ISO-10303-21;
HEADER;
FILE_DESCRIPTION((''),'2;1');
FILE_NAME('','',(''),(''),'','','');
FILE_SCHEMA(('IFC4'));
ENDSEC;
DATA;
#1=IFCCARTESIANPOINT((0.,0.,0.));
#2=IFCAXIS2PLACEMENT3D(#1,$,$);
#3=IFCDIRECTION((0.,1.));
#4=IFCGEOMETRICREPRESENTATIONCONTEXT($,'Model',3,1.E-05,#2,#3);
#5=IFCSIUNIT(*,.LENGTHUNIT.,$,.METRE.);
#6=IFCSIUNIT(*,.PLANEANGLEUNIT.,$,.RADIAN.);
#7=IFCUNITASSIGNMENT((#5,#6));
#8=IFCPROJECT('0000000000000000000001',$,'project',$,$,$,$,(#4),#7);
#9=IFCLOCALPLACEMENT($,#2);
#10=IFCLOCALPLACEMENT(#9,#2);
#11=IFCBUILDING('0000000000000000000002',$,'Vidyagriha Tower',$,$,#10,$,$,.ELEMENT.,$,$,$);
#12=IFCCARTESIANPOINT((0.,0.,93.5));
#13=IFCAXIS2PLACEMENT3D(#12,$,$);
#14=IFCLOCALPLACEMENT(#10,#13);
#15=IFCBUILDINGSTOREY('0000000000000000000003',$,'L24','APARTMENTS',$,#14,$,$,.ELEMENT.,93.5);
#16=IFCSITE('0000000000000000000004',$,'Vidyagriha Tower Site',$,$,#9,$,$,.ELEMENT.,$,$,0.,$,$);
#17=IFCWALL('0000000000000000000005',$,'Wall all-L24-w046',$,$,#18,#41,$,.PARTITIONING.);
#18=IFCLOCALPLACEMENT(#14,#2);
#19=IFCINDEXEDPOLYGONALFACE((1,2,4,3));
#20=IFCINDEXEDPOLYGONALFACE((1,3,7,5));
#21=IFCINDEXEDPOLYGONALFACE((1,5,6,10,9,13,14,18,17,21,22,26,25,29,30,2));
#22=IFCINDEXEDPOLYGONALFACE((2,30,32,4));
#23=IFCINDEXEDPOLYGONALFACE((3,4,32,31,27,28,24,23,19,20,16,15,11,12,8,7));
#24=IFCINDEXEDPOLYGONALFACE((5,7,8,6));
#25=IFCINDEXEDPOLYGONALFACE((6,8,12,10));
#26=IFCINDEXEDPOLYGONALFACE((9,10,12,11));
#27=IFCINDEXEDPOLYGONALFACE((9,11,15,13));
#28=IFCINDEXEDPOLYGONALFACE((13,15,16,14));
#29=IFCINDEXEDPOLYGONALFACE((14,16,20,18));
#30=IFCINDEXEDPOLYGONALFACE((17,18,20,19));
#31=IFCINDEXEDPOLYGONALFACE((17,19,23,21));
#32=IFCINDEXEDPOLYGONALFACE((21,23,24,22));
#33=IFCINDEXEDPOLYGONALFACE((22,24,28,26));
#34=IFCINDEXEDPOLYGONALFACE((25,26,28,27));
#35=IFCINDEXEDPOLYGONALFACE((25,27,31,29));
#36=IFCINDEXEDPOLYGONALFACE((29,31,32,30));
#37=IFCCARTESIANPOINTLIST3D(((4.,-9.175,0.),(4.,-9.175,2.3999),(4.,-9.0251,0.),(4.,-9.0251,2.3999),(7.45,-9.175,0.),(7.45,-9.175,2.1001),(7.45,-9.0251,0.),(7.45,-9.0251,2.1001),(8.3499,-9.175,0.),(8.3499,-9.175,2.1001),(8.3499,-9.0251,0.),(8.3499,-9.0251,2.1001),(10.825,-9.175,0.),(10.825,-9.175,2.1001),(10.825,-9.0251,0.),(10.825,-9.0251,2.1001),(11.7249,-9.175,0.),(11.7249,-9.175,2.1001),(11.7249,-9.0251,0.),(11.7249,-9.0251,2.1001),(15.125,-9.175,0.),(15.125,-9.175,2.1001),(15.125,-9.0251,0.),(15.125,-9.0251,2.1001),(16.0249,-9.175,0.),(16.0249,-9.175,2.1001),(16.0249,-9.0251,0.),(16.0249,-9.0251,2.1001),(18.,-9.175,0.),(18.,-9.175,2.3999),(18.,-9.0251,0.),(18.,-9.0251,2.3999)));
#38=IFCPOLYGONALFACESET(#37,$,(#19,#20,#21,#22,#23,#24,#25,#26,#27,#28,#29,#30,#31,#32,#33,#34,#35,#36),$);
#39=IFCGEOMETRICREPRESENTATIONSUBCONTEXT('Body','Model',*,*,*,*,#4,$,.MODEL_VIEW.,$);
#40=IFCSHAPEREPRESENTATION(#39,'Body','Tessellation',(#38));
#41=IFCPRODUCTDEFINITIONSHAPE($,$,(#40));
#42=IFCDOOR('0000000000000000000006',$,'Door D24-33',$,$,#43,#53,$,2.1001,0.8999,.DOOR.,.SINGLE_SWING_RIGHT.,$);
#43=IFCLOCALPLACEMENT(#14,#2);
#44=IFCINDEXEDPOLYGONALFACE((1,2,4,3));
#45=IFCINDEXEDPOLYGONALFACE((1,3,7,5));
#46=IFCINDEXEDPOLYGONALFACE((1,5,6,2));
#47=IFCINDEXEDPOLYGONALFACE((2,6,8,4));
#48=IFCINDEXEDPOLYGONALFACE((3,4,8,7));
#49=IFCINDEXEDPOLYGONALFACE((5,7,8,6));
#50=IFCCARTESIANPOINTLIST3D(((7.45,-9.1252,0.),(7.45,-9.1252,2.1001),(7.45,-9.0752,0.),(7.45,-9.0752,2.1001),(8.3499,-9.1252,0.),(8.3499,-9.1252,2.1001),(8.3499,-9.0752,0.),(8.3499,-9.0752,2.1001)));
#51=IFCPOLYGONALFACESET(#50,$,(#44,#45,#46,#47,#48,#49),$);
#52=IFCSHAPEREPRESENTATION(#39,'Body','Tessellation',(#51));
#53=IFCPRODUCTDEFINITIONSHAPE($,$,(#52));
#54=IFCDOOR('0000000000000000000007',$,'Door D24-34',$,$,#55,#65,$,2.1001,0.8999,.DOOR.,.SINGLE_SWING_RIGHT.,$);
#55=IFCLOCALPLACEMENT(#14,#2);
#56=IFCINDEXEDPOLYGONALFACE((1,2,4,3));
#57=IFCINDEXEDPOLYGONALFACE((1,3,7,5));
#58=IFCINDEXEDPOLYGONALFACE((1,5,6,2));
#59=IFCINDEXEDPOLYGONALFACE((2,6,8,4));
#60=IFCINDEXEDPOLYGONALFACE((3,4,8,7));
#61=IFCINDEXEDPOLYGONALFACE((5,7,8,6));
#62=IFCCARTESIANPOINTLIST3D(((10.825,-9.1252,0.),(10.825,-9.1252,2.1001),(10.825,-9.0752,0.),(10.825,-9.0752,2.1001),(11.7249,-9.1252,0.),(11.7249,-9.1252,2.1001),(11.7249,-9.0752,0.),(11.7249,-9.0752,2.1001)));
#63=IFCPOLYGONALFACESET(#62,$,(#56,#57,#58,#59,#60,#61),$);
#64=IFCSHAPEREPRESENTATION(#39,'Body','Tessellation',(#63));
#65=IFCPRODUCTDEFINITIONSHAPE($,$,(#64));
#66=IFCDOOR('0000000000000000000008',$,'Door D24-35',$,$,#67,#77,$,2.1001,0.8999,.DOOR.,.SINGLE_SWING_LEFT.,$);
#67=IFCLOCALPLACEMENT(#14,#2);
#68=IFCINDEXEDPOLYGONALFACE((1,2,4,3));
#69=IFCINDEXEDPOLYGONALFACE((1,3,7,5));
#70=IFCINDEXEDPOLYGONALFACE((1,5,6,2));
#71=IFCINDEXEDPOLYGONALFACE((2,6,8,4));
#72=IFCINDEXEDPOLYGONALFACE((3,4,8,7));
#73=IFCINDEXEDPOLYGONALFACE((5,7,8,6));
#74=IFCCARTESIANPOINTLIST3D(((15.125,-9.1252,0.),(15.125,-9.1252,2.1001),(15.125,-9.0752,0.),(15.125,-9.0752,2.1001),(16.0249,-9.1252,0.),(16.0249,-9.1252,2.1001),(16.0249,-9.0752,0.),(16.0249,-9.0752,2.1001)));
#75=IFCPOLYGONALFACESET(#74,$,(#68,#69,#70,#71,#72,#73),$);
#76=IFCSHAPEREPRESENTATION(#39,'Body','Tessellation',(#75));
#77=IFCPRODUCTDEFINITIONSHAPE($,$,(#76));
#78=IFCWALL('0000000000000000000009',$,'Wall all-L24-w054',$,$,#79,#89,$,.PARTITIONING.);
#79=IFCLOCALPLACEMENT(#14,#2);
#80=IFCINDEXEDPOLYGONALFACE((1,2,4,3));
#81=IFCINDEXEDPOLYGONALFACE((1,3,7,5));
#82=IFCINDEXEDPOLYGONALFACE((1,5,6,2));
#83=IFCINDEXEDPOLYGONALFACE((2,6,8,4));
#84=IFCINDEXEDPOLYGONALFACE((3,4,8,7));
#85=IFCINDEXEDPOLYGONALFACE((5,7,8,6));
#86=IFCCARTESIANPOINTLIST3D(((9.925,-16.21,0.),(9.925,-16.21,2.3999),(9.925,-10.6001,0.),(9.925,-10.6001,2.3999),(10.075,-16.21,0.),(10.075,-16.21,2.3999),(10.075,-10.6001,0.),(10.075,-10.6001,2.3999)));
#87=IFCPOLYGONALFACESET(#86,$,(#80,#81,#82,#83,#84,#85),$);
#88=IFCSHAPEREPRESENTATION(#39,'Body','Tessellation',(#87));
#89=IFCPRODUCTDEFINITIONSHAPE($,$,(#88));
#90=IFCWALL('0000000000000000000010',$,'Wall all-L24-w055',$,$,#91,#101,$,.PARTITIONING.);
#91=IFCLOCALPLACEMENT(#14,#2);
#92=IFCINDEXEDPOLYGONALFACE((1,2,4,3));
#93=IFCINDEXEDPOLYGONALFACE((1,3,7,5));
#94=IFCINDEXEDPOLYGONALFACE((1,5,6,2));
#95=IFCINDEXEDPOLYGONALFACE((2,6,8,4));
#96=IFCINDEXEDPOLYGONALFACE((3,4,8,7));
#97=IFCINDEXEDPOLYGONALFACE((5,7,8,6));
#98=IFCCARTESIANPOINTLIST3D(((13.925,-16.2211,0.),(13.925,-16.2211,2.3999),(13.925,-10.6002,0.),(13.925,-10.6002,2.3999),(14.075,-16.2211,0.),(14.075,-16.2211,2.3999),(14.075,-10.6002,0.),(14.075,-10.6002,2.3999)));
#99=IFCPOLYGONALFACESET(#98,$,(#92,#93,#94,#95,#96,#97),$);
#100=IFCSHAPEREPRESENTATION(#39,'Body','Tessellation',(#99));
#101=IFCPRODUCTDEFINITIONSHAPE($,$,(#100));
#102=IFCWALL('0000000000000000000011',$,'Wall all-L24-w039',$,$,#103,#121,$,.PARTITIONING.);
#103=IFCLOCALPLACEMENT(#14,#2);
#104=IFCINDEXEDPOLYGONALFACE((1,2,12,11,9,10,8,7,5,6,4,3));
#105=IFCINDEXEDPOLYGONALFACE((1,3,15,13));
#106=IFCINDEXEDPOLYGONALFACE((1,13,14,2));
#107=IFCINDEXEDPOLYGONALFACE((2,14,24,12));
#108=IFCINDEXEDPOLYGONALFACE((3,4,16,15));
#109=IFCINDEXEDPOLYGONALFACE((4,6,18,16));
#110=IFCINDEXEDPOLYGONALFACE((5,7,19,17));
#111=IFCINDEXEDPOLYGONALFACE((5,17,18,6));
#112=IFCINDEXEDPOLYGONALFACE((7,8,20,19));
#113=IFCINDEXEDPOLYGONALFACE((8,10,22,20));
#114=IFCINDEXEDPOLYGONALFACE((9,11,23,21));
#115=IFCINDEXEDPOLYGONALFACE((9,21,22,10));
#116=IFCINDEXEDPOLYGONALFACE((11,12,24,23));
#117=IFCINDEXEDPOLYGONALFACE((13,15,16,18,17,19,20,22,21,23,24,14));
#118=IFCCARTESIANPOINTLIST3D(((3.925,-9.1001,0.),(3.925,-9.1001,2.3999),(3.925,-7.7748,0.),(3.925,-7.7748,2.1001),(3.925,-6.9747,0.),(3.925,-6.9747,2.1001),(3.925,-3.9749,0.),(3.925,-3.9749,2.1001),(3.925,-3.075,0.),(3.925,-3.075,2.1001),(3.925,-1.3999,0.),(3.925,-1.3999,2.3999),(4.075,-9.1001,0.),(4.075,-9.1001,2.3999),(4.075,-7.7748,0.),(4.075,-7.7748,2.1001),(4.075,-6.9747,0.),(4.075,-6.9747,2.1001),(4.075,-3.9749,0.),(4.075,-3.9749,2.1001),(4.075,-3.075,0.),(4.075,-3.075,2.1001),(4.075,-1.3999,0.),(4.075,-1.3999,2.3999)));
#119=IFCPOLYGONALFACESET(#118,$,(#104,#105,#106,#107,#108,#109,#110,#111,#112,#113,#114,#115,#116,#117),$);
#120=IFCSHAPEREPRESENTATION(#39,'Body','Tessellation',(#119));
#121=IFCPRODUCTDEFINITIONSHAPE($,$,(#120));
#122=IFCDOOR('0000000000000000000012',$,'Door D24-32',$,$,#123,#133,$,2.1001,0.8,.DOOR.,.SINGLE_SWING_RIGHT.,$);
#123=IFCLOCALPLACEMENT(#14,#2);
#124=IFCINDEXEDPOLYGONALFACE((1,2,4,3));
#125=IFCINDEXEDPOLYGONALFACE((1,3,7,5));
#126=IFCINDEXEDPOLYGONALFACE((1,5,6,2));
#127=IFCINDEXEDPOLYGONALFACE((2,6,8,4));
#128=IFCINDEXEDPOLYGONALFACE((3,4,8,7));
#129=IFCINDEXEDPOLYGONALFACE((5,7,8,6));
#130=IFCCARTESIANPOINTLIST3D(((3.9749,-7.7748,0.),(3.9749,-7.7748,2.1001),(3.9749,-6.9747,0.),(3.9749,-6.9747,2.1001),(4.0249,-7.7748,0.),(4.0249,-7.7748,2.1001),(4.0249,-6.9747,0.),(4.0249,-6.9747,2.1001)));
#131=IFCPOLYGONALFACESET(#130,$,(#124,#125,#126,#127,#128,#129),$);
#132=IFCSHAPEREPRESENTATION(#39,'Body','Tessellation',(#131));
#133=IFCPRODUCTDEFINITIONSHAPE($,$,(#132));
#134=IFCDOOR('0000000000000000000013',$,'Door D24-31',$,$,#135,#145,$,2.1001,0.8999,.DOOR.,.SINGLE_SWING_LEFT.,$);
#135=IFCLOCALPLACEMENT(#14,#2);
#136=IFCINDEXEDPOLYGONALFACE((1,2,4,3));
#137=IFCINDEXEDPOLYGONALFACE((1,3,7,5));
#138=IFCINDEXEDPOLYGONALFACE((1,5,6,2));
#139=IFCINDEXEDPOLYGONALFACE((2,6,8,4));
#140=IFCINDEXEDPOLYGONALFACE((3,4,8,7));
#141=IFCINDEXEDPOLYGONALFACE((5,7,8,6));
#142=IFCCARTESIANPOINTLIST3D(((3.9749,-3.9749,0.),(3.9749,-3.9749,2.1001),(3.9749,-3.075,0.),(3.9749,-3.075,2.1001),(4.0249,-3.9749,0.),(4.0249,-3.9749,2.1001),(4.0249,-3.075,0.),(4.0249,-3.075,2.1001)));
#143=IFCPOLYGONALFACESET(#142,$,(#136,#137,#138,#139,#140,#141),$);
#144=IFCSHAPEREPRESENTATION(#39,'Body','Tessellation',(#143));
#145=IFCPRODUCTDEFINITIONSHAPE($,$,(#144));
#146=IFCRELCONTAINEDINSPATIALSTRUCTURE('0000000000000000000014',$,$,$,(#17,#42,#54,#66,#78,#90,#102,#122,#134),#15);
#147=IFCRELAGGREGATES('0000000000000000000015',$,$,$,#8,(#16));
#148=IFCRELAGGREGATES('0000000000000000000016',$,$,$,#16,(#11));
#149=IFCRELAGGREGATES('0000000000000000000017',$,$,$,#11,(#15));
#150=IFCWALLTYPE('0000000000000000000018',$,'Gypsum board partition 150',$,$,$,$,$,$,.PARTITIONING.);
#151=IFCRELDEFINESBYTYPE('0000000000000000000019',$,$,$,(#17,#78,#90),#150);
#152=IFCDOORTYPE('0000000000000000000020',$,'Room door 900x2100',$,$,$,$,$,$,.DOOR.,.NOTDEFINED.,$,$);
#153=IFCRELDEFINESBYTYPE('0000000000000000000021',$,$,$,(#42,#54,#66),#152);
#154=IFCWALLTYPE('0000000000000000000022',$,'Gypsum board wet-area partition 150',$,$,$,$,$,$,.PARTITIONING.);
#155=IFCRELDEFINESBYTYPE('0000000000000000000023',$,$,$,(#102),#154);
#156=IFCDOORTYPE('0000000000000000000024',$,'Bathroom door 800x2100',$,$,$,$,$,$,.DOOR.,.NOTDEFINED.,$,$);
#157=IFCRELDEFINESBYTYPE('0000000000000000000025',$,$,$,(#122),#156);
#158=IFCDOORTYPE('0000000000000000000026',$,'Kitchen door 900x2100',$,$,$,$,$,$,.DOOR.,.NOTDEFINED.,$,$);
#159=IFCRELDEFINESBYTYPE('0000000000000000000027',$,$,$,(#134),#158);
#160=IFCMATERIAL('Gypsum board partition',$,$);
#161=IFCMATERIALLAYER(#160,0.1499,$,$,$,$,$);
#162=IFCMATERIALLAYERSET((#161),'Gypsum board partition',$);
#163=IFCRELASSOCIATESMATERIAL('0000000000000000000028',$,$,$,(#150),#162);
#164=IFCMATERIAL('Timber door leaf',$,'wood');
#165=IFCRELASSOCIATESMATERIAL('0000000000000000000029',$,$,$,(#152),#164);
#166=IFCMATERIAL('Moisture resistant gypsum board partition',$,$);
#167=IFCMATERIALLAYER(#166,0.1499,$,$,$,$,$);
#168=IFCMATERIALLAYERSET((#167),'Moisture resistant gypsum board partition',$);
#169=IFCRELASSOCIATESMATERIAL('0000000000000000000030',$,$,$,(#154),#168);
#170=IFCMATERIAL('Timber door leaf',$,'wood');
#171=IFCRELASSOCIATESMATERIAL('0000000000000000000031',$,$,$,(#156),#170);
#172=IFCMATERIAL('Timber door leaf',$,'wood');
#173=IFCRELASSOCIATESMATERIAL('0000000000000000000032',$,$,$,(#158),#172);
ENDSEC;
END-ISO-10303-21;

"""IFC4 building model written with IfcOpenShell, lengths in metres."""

from ifc_helpers import new_model, si_unit, direction, frame, frame_2d, origin, place, context, subcontext, project, spatial, rectangle, extrude, material, layer, layer_set, type_object, element, fill, save


model = new_model("IFC4")

# Units and contexts
model_context = context("Model", 3, precision=1e-05, world=origin(), true_north=direction((0.0, 1.0)))
body_context = subcontext(model_context, "Body", "Model", "MODEL_VIEW")
ifc_project = project(units=[si_unit("LENGTHUNIT", "METRE"), si_unit("PLANEANGLEUNIT", "RADIAN")], contexts=[model_context])

# Site, building, storey
site_placement = place(None, origin())
site = spatial("IfcSite", under=ifc_project, at=site_placement, Name="Vidyagriha Tower Site", CompositionType="ELEMENT", RefElevation=0.0)
building_placement = place(site_placement, origin())
building = spatial("IfcBuilding", under=site, at=building_placement, Name="Vidyagriha Tower", CompositionType="ELEMENT")
storey_placement = place(building_placement, frame((0.0, 0.0, 93.5)))
storey = spatial("IfcBuildingStorey", under=building, at=storey_placement, Name="L24", Description="APARTMENTS", CompositionType="ELEMENT", Elevation=93.5)

# Shared definitions
ifc_material_1 = material(Name="Gypsum board partition")
ifc_layer_1 = layer(ifc_material_1, 0.1499)
ifc_layer_set_1 = layer_set([ifc_layer_1], Name="Gypsum board partition")
wall_type_1 = type_object("IfcWallType", Name="Gypsum board partition 150", PredefinedType="PARTITIONING", material=ifc_layer_set_1)

# Wall, openings, doors
wall_1_placement = place(storey_placement, frame((4.0, -9.1001, 0.0)))
wall_1 = element("IfcWall", 1, at=wall_1_placement, inside=storey, type_object=wall_type_1, Name="Wall all-L24-w046", PredefinedType="PARTITIONING", context=body_context, shape_type="SweptSolid", body=[
    extrude(rectangle(XDim=14.0, YDim=0.1499, at=frame_2d((7.0, 0.0))), origin(), (0.0, 0.0, 1.0), 2.3999),
])
opening_1_placement = place(wall_1_placement, frame((3.45, 0.0, 0.0)))
opening_1 = element("IfcOpeningElement", 2, at=opening_1_placement, cuts=wall_1, PredefinedType="OPENING", context=body_context, shape_type="SweptSolid", body=[
    extrude(rectangle(XDim=0.8999, YDim=2.1001, at=frame_2d((0.45, 1.05))), frame((0.0, 0.085, 0.0), z_axis=(0.0, -1.0, 0.0), x_axis=(1.0, 0.0, 0.0)), (0.0, 0.0, 1.0), 0.1699),
])
opening_2_placement = place(wall_1_placement, frame((6.825, 0.0, 0.0)))
opening_2 = element("IfcOpeningElement", 3, at=opening_2_placement, cuts=wall_1, PredefinedType="OPENING", context=body_context, shape_type="SweptSolid", body=[
    extrude(rectangle(XDim=0.8999, YDim=2.1001, at=frame_2d((0.45, 1.05))), frame((0.0, 0.085, 0.0), z_axis=(0.0, -1.0, 0.0), x_axis=(1.0, 0.0, 0.0)), (0.0, 0.0, 1.0), 0.1699),
])
opening_3_placement = place(wall_1_placement, frame((11.125, 0.0, 0.0)))
opening_3 = element("IfcOpeningElement", 4, at=opening_3_placement, cuts=wall_1, PredefinedType="OPENING", context=body_context, shape_type="SweptSolid", body=[
    extrude(rectangle(XDim=0.8999, YDim=2.1001, at=frame_2d((0.45, 1.05))), frame((0.0, 0.085, 0.0), z_axis=(0.0, -1.0, 0.0), x_axis=(1.0, 0.0, 0.0)), (0.0, 0.0, 1.0), 0.1699),
])
ifc_material_2 = material(Name="Timber door leaf", Category="wood")
door_type_1 = type_object("IfcDoorType", Name="Room door 900x2100", OperationType="NOTDEFINED", PredefinedType="DOOR", material=ifc_material_2)
door_1_placement = place(opening_1_placement, origin())
door_1 = element("IfcDoor", 5, at=door_1_placement, inside=storey, type_object=door_type_1, Name="Door D24-33", OperationType="SINGLE_SWING_RIGHT", OverallHeight=2.1001, OverallWidth=0.8999, PredefinedType="DOOR", context=body_context, shape_type="SweptSolid", body=[
    extrude(rectangle(XDim=0.8999, YDim=2.1001, at=frame_2d((0.45, 1.05))), frame((0.0, 0.0249, 0.0), z_axis=(0.0, -1.0, 0.0), x_axis=(1.0, 0.0, 0.0)), (0.0, 0.0, 1.0), 0.05),
])
fill(opening_1, door_1)
door_2_placement = place(opening_2_placement, origin())
door_2 = element("IfcDoor", 6, at=door_2_placement, inside=storey, type_object=door_type_1, Name="Door D24-34", OperationType="SINGLE_SWING_RIGHT", OverallHeight=2.1001, OverallWidth=0.8999, PredefinedType="DOOR", context=body_context, shape_type="SweptSolid", body=[
    extrude(rectangle(XDim=0.8999, YDim=2.1001, at=frame_2d((0.45, 1.05))), frame((0.0, 0.0249, 0.0), z_axis=(0.0, -1.0, 0.0), x_axis=(1.0, 0.0, 0.0)), (0.0, 0.0, 1.0), 0.05),
])
fill(opening_2, door_2)
door_3_placement = place(opening_3_placement, origin())
door_3 = element("IfcDoor", 7, at=door_3_placement, inside=storey, type_object=door_type_1, Name="Door D24-35", OperationType="SINGLE_SWING_LEFT", OverallHeight=2.1001, OverallWidth=0.8999, PredefinedType="DOOR", context=body_context, shape_type="SweptSolid", body=[
    extrude(rectangle(XDim=0.8999, YDim=2.1001, at=frame_2d((0.45, 1.05))), frame((0.0, 0.0249, 0.0), z_axis=(0.0, -1.0, 0.0), x_axis=(1.0, 0.0, 0.0)), (0.0, 0.0, 1.0), 0.05),
])
fill(opening_3, door_3)

# Walls
wall_2_placement = place(storey_placement, frame((10.0, -10.6001, 0.0), z_axis=(0.0, 0.0, 1.0), x_axis=(0.0, -1.0, 0.0)))
element("IfcWall", 8, at=wall_2_placement, inside=storey, type_object=wall_type_1, Name="Wall all-L24-w054", PredefinedType="PARTITIONING", context=body_context, shape_type="SweptSolid", body=[
    extrude(rectangle(XDim=5.6099, YDim=0.1499, at=frame_2d((2.8049, 0.0))), origin(), (0.0, 0.0, 1.0), 2.3999),
])
wall_3_placement = place(storey_placement, frame((14.0, -10.6001, 0.0), z_axis=(0.0, 0.0, 1.0), x_axis=(0.0, -1.0, 0.0)))
element("IfcWall", 9, at=wall_3_placement, inside=storey, type_object=wall_type_1, Name="Wall all-L24-w055", PredefinedType="PARTITIONING", context=body_context, shape_type="SweptSolid", body=[
    extrude(rectangle(XDim=5.6208, YDim=0.1499, at=frame_2d((2.8105, 0.0))), origin(), (0.0, 0.0, 1.0), 2.3999),
])

# Wall, openings, doors
ifc_material_3 = material(Name="Moisture resistant gypsum board partition")
ifc_layer_2 = layer(ifc_material_3, 0.1499)
ifc_layer_set_2 = layer_set([ifc_layer_2], Name="Moisture resistant gypsum board partition")
wall_type_2 = type_object("IfcWallType", Name="Gypsum board wet-area partition 150", PredefinedType="PARTITIONING", material=ifc_layer_set_2)
wall_4_placement = place(storey_placement, frame((4.0, -1.3999, 0.0), z_axis=(0.0, 0.0, 1.0), x_axis=(0.0, -1.0, 0.0)))
wall_4 = element("IfcWall", 10, at=wall_4_placement, inside=storey, type_object=wall_type_2, Name="Wall all-L24-w039", PredefinedType="PARTITIONING", context=body_context, shape_type="SweptSolid", body=[
    extrude(rectangle(XDim=7.7002, YDim=0.1499, at=frame_2d((3.8501, 0.0))), origin(), (0.0, 0.0, 1.0), 2.3999),
])
opening_4_placement = place(wall_4_placement, frame((1.675, 0.0, 0.0)))
opening_4 = element("IfcOpeningElement", 11, at=opening_4_placement, cuts=wall_4, PredefinedType="OPENING", context=body_context, shape_type="SweptSolid", body=[
    extrude(rectangle(XDim=0.8999, YDim=2.1001, at=frame_2d((0.45, 1.05))), frame((0.0, 0.085, 0.0), z_axis=(0.0, -1.0, 0.0), x_axis=(1.0, 0.0, 0.0)), (0.0, 0.0, 1.0), 0.1699),
])
opening_5_placement = place(wall_4_placement, frame((5.575, 0.0, 0.0)))
opening_5 = element("IfcOpeningElement", 12, at=opening_5_placement, cuts=wall_4, PredefinedType="OPENING", context=body_context, shape_type="SweptSolid", body=[
    extrude(rectangle(XDim=0.8, YDim=2.1001, at=frame_2d((0.3999, 1.05))), frame((0.0, 0.085, 0.0), z_axis=(0.0, -1.0, 0.0), x_axis=(1.0, 0.0, 0.0)), (0.0, 0.0, 1.0), 0.1699),
])
ifc_material_4 = material(Name="Timber door leaf", Category="wood")
door_type_2 = type_object("IfcDoorType", Name="Bathroom door 800x2100", OperationType="NOTDEFINED", PredefinedType="DOOR", material=ifc_material_4)
door_4_placement = place(opening_5_placement, origin())
door_4 = element("IfcDoor", 13, at=door_4_placement, inside=storey, type_object=door_type_2, Name="Door D24-32", OperationType="SINGLE_SWING_RIGHT", OverallHeight=2.1001, OverallWidth=0.8, PredefinedType="DOOR", context=body_context, shape_type="SweptSolid", body=[
    extrude(rectangle(XDim=0.8, YDim=2.1001, at=frame_2d((0.3999, 1.05))), frame((0.0, 0.0249, 0.0), z_axis=(0.0, -1.0, 0.0), x_axis=(1.0, 0.0, 0.0)), (0.0, 0.0, 1.0), 0.05),
])
fill(opening_5, door_4)
ifc_material_5 = material(Name="Timber door leaf", Category="wood")
door_type_3 = type_object("IfcDoorType", Name="Kitchen door 900x2100", OperationType="NOTDEFINED", PredefinedType="DOOR", material=ifc_material_5)
door_5_placement = place(opening_4_placement, origin())
door_5 = element("IfcDoor", 14, at=door_5_placement, inside=storey, type_object=door_type_3, Name="Door D24-31", OperationType="SINGLE_SWING_LEFT", OverallHeight=2.1001, OverallWidth=0.8999, PredefinedType="DOOR", context=body_context, shape_type="SweptSolid", body=[
    extrude(rectangle(XDim=0.8999, YDim=2.1001, at=frame_2d((0.45, 1.05))), frame((0.0, 0.0249, 0.0), z_axis=(0.0, -1.0, 0.0), x_axis=(1.0, 0.0, 0.0)), (0.0, 0.0, 1.0), 0.05),
])
fill(opening_4, door_5)

save(model, "model.ifc")
